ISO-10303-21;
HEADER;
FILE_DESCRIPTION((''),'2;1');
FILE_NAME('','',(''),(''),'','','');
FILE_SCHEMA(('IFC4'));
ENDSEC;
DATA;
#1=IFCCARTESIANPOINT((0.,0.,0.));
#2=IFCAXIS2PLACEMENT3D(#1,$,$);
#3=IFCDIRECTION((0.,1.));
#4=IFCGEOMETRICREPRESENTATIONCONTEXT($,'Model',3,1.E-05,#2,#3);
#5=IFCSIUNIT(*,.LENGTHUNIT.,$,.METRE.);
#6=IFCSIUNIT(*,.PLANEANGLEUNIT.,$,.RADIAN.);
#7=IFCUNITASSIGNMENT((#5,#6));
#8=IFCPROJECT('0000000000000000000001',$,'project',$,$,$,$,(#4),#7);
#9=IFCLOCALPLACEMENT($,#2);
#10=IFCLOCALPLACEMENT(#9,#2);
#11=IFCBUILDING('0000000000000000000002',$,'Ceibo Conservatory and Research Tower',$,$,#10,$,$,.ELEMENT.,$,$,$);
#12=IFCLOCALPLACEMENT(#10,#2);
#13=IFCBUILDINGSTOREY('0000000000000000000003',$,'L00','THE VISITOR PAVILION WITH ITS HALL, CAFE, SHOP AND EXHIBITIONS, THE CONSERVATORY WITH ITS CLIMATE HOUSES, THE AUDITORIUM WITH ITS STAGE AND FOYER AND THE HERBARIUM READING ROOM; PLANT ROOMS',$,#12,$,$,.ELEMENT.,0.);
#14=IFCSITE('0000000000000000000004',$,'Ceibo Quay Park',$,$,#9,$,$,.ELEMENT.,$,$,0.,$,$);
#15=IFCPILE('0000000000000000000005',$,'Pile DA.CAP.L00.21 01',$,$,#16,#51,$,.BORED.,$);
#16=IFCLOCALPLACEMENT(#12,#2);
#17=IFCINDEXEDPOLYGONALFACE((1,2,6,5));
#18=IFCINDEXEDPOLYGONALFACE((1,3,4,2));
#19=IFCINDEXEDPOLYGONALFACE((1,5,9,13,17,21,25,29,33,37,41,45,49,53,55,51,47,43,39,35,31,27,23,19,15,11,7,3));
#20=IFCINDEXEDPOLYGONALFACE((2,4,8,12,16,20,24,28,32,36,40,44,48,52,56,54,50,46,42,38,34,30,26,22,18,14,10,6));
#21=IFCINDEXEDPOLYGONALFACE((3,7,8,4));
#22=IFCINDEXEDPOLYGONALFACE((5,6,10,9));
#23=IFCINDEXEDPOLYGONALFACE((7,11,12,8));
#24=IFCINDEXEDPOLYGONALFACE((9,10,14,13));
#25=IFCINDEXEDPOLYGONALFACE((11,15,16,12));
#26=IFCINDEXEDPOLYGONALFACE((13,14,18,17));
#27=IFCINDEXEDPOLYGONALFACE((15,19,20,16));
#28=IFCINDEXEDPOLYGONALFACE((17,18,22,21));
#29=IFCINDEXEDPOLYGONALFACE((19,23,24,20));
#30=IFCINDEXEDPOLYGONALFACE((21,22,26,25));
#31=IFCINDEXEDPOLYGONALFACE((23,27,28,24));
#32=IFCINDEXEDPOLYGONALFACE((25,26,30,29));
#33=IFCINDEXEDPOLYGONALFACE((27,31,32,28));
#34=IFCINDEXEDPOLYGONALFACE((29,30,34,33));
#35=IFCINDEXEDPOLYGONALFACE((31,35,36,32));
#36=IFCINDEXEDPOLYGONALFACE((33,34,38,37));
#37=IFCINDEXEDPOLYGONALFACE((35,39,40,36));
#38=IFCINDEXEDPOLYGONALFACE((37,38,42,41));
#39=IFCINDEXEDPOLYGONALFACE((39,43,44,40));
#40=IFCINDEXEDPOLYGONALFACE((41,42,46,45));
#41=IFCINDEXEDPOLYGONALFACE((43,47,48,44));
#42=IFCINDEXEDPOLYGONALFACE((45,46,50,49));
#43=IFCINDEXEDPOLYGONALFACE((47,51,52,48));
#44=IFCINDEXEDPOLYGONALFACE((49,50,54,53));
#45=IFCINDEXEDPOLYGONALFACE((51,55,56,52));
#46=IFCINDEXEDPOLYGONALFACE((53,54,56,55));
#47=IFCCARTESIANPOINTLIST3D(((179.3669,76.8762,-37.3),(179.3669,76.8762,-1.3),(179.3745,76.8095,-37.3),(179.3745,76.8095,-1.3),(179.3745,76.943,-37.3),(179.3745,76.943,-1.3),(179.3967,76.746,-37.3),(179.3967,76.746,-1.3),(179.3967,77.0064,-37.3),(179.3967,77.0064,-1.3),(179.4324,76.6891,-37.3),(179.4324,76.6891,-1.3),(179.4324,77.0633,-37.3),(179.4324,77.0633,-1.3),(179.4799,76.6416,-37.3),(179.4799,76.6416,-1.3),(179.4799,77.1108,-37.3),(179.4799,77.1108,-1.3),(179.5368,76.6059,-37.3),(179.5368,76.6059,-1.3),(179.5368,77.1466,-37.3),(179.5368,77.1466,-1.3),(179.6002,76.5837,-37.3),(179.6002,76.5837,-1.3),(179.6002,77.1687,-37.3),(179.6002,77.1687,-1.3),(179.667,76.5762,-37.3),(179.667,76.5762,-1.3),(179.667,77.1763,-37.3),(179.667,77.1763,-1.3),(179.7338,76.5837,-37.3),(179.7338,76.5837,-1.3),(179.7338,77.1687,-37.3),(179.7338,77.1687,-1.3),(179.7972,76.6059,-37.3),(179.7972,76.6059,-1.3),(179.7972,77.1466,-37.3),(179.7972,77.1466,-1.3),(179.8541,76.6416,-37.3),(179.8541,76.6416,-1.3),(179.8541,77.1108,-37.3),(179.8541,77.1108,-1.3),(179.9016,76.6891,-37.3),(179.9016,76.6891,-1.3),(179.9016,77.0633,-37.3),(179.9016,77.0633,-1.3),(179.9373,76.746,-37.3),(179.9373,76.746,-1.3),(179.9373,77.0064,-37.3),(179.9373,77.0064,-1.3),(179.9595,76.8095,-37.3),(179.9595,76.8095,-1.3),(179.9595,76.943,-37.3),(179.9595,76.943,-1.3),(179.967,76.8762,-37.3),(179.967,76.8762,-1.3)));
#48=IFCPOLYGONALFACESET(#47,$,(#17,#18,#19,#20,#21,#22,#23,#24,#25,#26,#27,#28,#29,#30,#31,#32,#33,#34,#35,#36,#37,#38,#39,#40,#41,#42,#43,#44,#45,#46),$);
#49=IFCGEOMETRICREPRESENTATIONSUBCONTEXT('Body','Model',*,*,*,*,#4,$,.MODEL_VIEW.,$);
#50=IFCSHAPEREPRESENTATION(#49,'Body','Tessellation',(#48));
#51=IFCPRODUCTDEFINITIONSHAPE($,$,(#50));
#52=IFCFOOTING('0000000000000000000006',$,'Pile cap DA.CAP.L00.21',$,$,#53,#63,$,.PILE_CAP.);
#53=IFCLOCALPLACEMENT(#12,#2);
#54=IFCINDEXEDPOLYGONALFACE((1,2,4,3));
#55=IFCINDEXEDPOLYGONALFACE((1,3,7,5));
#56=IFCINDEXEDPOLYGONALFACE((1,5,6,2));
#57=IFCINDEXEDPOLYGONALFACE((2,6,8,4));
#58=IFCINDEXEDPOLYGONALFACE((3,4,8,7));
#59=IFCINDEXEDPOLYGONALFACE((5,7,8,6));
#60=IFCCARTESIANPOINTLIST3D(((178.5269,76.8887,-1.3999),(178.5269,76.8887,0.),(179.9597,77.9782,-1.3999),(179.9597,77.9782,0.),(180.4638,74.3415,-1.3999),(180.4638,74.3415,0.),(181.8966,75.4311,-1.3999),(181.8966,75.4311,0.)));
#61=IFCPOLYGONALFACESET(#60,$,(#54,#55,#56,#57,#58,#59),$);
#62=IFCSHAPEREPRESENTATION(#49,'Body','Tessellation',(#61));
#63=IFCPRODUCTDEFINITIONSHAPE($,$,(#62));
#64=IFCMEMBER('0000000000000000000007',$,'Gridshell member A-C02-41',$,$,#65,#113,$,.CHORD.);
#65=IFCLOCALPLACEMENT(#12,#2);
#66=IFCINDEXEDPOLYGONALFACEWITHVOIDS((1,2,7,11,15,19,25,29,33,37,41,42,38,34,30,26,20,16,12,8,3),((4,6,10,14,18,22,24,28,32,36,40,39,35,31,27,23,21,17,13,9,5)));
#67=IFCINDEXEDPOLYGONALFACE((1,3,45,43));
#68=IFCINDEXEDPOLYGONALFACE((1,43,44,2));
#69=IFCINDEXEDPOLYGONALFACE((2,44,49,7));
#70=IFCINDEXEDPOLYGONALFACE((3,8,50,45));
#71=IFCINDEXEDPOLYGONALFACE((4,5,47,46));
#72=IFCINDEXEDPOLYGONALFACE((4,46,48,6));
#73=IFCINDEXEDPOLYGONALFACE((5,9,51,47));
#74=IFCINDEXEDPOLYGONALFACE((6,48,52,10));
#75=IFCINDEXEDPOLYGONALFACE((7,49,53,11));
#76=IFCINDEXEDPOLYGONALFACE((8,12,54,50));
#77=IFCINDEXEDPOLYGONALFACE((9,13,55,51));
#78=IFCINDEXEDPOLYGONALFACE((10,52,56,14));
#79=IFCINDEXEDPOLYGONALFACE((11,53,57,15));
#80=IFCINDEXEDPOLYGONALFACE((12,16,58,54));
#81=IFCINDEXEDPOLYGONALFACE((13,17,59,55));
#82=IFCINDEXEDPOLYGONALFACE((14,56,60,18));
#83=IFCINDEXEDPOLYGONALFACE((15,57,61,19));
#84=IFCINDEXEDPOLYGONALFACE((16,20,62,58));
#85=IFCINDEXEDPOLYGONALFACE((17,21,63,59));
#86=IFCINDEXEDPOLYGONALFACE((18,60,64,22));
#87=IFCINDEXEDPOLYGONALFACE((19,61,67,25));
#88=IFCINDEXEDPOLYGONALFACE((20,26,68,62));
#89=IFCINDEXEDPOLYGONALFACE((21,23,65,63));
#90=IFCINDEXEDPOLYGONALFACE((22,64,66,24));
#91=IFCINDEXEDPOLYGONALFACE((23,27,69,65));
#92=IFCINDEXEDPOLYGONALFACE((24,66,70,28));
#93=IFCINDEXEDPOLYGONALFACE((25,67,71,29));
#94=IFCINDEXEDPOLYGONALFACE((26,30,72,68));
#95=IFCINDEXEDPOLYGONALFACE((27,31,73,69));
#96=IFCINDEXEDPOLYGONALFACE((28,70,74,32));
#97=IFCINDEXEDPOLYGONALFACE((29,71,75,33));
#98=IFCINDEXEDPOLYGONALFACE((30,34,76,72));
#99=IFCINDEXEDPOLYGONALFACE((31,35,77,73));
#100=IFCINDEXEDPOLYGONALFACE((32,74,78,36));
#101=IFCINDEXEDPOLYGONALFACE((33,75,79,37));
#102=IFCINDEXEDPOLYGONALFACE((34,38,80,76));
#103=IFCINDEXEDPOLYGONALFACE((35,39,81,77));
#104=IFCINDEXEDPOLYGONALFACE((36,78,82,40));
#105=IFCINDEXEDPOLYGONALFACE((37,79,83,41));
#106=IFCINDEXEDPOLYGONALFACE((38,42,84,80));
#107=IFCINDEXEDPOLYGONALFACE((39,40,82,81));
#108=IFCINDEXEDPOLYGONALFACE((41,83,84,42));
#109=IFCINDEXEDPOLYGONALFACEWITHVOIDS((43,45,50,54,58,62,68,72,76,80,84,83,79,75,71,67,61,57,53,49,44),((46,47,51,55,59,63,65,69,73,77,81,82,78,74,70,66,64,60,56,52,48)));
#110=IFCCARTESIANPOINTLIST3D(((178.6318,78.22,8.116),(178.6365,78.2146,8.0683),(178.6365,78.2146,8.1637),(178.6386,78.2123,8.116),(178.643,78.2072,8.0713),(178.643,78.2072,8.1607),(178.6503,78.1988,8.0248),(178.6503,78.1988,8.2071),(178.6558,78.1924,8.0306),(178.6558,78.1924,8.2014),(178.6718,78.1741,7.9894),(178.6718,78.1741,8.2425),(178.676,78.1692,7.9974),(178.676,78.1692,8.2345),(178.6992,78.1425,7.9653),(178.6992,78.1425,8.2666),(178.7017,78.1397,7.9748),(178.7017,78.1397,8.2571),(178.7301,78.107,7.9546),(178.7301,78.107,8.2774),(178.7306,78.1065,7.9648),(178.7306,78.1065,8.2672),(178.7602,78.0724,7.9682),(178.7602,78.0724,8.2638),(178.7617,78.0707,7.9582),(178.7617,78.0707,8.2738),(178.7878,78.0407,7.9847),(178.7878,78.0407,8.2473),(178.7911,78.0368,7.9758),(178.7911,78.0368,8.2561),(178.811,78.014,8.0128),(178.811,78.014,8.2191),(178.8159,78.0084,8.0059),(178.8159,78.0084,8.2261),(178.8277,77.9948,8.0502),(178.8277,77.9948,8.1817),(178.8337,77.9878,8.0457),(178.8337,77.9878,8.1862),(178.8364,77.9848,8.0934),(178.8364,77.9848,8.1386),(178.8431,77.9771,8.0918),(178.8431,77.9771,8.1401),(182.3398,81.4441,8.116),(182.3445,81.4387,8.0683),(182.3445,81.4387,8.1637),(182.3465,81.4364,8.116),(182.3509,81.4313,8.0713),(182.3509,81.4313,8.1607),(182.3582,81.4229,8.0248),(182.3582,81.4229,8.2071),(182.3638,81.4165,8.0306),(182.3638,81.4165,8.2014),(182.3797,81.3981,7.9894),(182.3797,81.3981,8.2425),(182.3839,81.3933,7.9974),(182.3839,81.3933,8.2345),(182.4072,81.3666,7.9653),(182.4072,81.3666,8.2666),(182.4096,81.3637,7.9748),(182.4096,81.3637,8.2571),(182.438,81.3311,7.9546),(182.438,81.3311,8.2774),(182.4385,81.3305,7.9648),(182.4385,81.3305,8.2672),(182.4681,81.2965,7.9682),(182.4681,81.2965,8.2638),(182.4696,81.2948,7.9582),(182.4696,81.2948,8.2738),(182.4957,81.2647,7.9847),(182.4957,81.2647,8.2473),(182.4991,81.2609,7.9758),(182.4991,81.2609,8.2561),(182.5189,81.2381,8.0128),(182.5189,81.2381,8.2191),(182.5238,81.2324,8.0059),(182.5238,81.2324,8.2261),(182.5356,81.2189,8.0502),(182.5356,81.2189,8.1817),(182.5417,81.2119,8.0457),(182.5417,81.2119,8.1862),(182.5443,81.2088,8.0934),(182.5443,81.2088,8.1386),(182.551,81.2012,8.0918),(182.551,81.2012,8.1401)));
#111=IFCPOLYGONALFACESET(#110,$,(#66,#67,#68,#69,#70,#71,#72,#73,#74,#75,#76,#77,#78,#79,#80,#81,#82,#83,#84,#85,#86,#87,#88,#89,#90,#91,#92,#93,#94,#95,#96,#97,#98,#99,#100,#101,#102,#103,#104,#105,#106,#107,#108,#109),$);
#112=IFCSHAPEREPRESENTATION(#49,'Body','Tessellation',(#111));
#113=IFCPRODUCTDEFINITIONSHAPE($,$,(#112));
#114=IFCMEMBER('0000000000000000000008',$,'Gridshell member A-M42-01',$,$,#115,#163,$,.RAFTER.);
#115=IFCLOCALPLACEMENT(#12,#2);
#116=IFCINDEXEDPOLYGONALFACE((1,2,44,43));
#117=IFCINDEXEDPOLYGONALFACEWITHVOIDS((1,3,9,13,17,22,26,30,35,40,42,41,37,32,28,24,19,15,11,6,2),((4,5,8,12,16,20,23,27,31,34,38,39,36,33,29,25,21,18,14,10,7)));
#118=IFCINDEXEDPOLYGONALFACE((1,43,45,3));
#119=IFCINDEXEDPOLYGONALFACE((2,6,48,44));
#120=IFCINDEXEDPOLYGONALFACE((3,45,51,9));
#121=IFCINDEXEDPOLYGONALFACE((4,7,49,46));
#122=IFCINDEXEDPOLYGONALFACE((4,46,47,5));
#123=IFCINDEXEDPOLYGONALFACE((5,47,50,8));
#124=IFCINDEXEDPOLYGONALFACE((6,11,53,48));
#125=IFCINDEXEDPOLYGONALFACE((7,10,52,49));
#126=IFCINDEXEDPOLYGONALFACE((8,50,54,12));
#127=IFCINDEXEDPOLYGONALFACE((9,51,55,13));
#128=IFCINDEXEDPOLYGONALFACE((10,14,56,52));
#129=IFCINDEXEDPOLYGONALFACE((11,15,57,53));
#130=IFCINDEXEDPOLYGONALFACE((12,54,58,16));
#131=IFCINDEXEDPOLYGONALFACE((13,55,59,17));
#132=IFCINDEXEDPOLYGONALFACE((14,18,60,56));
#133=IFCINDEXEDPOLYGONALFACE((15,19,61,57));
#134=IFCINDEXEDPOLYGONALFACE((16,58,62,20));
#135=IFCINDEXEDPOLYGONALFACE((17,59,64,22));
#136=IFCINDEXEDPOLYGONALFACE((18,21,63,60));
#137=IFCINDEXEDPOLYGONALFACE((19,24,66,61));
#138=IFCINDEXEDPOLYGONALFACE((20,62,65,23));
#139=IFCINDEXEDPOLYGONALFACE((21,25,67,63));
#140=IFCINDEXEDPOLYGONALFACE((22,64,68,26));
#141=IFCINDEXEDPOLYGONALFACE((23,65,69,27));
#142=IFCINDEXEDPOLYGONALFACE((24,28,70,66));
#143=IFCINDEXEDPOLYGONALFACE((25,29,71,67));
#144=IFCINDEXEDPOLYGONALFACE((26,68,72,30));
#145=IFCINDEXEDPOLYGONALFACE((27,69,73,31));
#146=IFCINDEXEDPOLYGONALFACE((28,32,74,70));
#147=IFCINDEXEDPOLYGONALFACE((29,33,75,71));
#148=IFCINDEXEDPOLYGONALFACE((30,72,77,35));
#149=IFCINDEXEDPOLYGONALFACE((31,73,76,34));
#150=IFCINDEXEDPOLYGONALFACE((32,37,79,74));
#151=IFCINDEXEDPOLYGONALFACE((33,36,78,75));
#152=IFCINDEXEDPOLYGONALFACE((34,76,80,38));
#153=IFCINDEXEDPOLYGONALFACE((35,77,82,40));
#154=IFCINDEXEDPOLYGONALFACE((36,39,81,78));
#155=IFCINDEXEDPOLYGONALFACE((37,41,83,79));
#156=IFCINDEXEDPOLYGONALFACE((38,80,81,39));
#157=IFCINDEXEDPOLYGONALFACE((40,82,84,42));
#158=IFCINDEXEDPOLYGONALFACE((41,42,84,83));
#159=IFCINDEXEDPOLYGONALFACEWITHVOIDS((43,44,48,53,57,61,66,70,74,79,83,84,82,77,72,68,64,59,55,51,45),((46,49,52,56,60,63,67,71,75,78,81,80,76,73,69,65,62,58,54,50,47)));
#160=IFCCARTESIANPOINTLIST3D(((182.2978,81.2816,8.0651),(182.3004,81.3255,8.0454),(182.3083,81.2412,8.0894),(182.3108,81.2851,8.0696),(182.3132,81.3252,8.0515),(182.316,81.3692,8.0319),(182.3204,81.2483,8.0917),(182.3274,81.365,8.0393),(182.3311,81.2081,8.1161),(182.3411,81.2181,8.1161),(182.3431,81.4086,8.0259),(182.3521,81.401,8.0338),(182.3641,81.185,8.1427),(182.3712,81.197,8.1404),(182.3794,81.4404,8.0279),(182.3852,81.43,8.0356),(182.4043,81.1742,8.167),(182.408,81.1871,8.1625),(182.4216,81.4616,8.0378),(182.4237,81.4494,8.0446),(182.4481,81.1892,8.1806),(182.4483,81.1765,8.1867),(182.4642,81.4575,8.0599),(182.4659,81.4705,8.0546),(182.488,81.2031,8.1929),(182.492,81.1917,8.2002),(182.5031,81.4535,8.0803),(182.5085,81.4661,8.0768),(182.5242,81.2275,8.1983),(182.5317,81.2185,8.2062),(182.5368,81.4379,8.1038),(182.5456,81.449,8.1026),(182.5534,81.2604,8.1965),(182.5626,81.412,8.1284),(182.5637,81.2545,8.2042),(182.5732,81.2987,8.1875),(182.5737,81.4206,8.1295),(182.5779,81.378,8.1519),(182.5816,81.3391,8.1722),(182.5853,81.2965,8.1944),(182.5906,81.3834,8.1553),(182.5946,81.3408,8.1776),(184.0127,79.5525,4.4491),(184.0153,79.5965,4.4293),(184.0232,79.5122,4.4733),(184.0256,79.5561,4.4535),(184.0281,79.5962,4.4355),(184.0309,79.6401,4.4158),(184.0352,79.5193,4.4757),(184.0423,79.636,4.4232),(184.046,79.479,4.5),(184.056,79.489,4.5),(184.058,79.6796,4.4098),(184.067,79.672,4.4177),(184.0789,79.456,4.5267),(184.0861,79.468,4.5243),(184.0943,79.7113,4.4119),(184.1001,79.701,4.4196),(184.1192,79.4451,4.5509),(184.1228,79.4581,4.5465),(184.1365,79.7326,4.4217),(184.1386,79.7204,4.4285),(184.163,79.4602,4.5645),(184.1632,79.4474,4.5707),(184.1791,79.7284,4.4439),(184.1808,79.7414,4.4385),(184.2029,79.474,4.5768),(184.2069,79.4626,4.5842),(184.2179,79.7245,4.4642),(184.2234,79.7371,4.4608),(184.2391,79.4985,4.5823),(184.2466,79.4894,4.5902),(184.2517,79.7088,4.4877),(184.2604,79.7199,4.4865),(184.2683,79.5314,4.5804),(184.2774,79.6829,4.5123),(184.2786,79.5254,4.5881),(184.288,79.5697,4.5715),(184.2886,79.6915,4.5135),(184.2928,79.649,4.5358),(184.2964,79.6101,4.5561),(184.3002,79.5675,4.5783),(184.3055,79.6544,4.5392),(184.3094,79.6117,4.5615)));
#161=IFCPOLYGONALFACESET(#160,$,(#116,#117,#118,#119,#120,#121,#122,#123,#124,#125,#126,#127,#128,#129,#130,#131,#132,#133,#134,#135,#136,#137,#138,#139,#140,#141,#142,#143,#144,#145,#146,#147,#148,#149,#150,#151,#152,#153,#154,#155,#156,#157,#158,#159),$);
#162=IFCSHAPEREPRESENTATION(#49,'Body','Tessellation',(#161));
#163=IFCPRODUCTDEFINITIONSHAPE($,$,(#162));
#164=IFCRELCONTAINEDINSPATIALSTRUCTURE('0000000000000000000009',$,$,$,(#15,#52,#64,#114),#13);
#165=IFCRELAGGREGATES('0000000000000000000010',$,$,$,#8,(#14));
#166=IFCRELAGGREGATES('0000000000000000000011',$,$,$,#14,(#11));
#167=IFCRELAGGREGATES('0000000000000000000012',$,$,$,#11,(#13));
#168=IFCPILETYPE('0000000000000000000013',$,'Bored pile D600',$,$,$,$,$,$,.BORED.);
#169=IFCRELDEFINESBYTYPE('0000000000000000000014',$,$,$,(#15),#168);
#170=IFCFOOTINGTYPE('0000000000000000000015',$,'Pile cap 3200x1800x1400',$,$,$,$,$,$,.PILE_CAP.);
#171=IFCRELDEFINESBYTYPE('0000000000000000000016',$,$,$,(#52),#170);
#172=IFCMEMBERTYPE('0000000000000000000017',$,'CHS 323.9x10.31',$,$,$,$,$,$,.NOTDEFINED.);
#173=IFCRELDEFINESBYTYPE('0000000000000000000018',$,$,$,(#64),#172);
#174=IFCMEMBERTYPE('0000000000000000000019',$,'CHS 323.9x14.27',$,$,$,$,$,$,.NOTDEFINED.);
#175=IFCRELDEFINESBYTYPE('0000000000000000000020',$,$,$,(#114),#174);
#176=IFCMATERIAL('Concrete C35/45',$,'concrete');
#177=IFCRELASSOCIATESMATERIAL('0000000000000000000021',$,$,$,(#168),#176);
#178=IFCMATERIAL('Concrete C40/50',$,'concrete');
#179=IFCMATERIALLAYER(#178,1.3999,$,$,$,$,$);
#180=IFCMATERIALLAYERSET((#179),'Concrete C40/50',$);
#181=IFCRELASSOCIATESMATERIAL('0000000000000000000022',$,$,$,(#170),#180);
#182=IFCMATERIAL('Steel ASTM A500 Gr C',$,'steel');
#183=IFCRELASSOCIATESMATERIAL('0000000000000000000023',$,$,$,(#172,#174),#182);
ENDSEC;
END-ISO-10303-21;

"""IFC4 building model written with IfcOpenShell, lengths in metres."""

from ifc_helpers import new_model, si_unit, direction, frame, origin, origin_2d, place, context, subcontext, project, spatial, polyline, circle, hollow_circle, outline, extrude, material, layer, layer_set, material_profile, profile_set, type_object, element, save


model = new_model("IFC4")

# Units and contexts
model_context = context("Model", 3, precision=1e-05, world=origin(), true_north=direction((0.0, 1.0)))
body_context = subcontext(model_context, "Body", "Model", "MODEL_VIEW")
ifc_project = project(units=[si_unit("LENGTHUNIT", "METRE"), si_unit("PLANEANGLEUNIT", "RADIAN")], contexts=[model_context])

# Site, building, storey
site_placement = place(None, origin())
site = spatial("IfcSite", under=ifc_project, at=site_placement, Name="Ceibo Quay Park", CompositionType="ELEMENT", RefElevation=0.0)
building_placement = place(site_placement, origin())
building = spatial("IfcBuilding", under=site, at=building_placement, Name="Ceibo Conservatory and Research Tower", CompositionType="ELEMENT")
storey_placement = place(building_placement, origin())
storey = spatial("IfcBuildingStorey", under=building, at=storey_placement, Name="L00", Description="THE VISITOR PAVILION WITH ITS HALL, CAFE, SHOP AND EXHIBITIONS, THE CONSERVATORY WITH ITS CLIMATE HOUSES, THE AUDITORIUM WITH ITS STAGE AND FOYER AND THE HERBARIUM READING ROOM; PLANT ROOMS", CompositionType="ELEMENT", Elevation=0.0)

# Pile
ifc_material_1 = material(Name="Concrete C35/45", Category="concrete")
ifc_material_profile_1 = material_profile(ifc_material_1, circle(Radius=0.3, at=origin_2d()), Name="RC D600")
ifc_profile_set_1 = profile_set([ifc_material_profile_1], Name="Concrete C35/45")
pile_type = type_object("IfcPileType", Name="Bored pile D600", PredefinedType="BORED", material=ifc_profile_set_1)
pile_placement = place(storey_placement, frame((179.667, 76.8762, -1.3), z_axis=(0.0, 0.0, -1.0), x_axis=(1.0, 0.0, 0.0)))
element("IfcPile", 1, at=pile_placement, inside=storey, type_object=pile_type, Name="Pile DA.CAP.L00.21 01", PredefinedType="BORED", context=body_context, shape_type="SweptSolid", body=[
    extrude(circle(Radius=0.3, at=origin_2d()), origin(), (0.0, 0.0, 1.0), 36.0),
])

# Footing
ifc_material_2 = material(Name="Concrete C40/50", Category="concrete")
ifc_layer_1 = layer(ifc_material_2, 1.3999)
ifc_layer_set_1 = layer_set([ifc_layer_1], Name="Concrete C40/50")
footing_type = type_object("IfcFootingType", Name="Pile cap 3200x1800x1400", PredefinedType="PILE_CAP", material=ifc_layer_set_1)
footing_placement = place(storey_placement, frame((178.5269, 76.8887, -1.3999), z_axis=(0.0, 0.0, 1.0), x_axis=(0.605294, -0.796002, 0.0)))
element("IfcFooting", 2, at=footing_placement, inside=storey, type_object=footing_type, Name="Pile cap DA.CAP.L00.21", PredefinedType="PILE_CAP", context=body_context, shape_type="SweptSolid", body=[
    extrude(outline(polyline([(0.0, 0.0), (3.2, 0.0), (3.2, 1.8), (0.0, 1.8), (0.0, 0.0)])), origin(), (0.0, 0.0, 1.0), 1.3999),
])

# Members
ifc_material_3 = material(Name="Steel ASTM A500 Gr C", Category="steel")
ifc_material_profile_2 = material_profile(ifc_material_3, hollow_circle(Radius=0.1619, WallThickness=0.0103, at=origin_2d()), Name="CHS 323.9x10.31")
ifc_profile_set_2 = profile_set([ifc_material_profile_2], Name="Steel ASTM A500 Gr C")
member_type_1 = type_object("IfcMemberType", Name="CHS 323.9x10.31", PredefinedType="NOTDEFINED", material=ifc_profile_set_2)
member_1_placement = place(storey_placement, frame((178.738, 78.0979, 8.116), z_axis=(0.754629, 0.656152, 0.0), x_axis=(-0.656152, 0.754629, 0.0)))
element("IfcMember", 3, at=member_1_placement, inside=storey, type_object=member_type_1, Name="Gridshell member A-C02-41", PredefinedType="CHORD", context=body_context, shape_type="SweptSolid", body=[
    extrude(hollow_circle(Radius=0.1619, WallThickness=0.0103, at=origin_2d()), origin(), (0.0, 0.0, 1.0), 4.9136),
])
ifc_material_profile_3 = material_profile(ifc_material_3, hollow_circle(Radius=0.1619, WallThickness=0.0142, at=origin_2d()), Name="CHS 323.9x14.27")
ifc_profile_set_3 = profile_set([ifc_material_profile_3], Name="Steel ASTM A500 Gr C")
member_type_2 = type_object("IfcMemberType", Name="CHS 323.9x14.27", PredefinedType="NOTDEFINED", material=ifc_profile_set_3)
member_2_placement = place(storey_placement, frame((184.1609, 79.593, 4.5), z_axis=(-0.393357, 0.396605, 0.829443), x_axis=(-0.710008, -0.704193, 0.0)))
element("IfcMember", 4, at=member_2_placement, inside=storey, type_object=member_type_2, Name="Gridshell member A-M42-01", PredefinedType="RAFTER", context=body_context, shape_type="SweptSolid", body=[
    extrude(hollow_circle(Radius=0.1619, WallThickness=0.0142, at=origin_2d()), origin(), (0.0, 0.0, 1.0), 4.3596),
])

save(model, "model.ifc")
